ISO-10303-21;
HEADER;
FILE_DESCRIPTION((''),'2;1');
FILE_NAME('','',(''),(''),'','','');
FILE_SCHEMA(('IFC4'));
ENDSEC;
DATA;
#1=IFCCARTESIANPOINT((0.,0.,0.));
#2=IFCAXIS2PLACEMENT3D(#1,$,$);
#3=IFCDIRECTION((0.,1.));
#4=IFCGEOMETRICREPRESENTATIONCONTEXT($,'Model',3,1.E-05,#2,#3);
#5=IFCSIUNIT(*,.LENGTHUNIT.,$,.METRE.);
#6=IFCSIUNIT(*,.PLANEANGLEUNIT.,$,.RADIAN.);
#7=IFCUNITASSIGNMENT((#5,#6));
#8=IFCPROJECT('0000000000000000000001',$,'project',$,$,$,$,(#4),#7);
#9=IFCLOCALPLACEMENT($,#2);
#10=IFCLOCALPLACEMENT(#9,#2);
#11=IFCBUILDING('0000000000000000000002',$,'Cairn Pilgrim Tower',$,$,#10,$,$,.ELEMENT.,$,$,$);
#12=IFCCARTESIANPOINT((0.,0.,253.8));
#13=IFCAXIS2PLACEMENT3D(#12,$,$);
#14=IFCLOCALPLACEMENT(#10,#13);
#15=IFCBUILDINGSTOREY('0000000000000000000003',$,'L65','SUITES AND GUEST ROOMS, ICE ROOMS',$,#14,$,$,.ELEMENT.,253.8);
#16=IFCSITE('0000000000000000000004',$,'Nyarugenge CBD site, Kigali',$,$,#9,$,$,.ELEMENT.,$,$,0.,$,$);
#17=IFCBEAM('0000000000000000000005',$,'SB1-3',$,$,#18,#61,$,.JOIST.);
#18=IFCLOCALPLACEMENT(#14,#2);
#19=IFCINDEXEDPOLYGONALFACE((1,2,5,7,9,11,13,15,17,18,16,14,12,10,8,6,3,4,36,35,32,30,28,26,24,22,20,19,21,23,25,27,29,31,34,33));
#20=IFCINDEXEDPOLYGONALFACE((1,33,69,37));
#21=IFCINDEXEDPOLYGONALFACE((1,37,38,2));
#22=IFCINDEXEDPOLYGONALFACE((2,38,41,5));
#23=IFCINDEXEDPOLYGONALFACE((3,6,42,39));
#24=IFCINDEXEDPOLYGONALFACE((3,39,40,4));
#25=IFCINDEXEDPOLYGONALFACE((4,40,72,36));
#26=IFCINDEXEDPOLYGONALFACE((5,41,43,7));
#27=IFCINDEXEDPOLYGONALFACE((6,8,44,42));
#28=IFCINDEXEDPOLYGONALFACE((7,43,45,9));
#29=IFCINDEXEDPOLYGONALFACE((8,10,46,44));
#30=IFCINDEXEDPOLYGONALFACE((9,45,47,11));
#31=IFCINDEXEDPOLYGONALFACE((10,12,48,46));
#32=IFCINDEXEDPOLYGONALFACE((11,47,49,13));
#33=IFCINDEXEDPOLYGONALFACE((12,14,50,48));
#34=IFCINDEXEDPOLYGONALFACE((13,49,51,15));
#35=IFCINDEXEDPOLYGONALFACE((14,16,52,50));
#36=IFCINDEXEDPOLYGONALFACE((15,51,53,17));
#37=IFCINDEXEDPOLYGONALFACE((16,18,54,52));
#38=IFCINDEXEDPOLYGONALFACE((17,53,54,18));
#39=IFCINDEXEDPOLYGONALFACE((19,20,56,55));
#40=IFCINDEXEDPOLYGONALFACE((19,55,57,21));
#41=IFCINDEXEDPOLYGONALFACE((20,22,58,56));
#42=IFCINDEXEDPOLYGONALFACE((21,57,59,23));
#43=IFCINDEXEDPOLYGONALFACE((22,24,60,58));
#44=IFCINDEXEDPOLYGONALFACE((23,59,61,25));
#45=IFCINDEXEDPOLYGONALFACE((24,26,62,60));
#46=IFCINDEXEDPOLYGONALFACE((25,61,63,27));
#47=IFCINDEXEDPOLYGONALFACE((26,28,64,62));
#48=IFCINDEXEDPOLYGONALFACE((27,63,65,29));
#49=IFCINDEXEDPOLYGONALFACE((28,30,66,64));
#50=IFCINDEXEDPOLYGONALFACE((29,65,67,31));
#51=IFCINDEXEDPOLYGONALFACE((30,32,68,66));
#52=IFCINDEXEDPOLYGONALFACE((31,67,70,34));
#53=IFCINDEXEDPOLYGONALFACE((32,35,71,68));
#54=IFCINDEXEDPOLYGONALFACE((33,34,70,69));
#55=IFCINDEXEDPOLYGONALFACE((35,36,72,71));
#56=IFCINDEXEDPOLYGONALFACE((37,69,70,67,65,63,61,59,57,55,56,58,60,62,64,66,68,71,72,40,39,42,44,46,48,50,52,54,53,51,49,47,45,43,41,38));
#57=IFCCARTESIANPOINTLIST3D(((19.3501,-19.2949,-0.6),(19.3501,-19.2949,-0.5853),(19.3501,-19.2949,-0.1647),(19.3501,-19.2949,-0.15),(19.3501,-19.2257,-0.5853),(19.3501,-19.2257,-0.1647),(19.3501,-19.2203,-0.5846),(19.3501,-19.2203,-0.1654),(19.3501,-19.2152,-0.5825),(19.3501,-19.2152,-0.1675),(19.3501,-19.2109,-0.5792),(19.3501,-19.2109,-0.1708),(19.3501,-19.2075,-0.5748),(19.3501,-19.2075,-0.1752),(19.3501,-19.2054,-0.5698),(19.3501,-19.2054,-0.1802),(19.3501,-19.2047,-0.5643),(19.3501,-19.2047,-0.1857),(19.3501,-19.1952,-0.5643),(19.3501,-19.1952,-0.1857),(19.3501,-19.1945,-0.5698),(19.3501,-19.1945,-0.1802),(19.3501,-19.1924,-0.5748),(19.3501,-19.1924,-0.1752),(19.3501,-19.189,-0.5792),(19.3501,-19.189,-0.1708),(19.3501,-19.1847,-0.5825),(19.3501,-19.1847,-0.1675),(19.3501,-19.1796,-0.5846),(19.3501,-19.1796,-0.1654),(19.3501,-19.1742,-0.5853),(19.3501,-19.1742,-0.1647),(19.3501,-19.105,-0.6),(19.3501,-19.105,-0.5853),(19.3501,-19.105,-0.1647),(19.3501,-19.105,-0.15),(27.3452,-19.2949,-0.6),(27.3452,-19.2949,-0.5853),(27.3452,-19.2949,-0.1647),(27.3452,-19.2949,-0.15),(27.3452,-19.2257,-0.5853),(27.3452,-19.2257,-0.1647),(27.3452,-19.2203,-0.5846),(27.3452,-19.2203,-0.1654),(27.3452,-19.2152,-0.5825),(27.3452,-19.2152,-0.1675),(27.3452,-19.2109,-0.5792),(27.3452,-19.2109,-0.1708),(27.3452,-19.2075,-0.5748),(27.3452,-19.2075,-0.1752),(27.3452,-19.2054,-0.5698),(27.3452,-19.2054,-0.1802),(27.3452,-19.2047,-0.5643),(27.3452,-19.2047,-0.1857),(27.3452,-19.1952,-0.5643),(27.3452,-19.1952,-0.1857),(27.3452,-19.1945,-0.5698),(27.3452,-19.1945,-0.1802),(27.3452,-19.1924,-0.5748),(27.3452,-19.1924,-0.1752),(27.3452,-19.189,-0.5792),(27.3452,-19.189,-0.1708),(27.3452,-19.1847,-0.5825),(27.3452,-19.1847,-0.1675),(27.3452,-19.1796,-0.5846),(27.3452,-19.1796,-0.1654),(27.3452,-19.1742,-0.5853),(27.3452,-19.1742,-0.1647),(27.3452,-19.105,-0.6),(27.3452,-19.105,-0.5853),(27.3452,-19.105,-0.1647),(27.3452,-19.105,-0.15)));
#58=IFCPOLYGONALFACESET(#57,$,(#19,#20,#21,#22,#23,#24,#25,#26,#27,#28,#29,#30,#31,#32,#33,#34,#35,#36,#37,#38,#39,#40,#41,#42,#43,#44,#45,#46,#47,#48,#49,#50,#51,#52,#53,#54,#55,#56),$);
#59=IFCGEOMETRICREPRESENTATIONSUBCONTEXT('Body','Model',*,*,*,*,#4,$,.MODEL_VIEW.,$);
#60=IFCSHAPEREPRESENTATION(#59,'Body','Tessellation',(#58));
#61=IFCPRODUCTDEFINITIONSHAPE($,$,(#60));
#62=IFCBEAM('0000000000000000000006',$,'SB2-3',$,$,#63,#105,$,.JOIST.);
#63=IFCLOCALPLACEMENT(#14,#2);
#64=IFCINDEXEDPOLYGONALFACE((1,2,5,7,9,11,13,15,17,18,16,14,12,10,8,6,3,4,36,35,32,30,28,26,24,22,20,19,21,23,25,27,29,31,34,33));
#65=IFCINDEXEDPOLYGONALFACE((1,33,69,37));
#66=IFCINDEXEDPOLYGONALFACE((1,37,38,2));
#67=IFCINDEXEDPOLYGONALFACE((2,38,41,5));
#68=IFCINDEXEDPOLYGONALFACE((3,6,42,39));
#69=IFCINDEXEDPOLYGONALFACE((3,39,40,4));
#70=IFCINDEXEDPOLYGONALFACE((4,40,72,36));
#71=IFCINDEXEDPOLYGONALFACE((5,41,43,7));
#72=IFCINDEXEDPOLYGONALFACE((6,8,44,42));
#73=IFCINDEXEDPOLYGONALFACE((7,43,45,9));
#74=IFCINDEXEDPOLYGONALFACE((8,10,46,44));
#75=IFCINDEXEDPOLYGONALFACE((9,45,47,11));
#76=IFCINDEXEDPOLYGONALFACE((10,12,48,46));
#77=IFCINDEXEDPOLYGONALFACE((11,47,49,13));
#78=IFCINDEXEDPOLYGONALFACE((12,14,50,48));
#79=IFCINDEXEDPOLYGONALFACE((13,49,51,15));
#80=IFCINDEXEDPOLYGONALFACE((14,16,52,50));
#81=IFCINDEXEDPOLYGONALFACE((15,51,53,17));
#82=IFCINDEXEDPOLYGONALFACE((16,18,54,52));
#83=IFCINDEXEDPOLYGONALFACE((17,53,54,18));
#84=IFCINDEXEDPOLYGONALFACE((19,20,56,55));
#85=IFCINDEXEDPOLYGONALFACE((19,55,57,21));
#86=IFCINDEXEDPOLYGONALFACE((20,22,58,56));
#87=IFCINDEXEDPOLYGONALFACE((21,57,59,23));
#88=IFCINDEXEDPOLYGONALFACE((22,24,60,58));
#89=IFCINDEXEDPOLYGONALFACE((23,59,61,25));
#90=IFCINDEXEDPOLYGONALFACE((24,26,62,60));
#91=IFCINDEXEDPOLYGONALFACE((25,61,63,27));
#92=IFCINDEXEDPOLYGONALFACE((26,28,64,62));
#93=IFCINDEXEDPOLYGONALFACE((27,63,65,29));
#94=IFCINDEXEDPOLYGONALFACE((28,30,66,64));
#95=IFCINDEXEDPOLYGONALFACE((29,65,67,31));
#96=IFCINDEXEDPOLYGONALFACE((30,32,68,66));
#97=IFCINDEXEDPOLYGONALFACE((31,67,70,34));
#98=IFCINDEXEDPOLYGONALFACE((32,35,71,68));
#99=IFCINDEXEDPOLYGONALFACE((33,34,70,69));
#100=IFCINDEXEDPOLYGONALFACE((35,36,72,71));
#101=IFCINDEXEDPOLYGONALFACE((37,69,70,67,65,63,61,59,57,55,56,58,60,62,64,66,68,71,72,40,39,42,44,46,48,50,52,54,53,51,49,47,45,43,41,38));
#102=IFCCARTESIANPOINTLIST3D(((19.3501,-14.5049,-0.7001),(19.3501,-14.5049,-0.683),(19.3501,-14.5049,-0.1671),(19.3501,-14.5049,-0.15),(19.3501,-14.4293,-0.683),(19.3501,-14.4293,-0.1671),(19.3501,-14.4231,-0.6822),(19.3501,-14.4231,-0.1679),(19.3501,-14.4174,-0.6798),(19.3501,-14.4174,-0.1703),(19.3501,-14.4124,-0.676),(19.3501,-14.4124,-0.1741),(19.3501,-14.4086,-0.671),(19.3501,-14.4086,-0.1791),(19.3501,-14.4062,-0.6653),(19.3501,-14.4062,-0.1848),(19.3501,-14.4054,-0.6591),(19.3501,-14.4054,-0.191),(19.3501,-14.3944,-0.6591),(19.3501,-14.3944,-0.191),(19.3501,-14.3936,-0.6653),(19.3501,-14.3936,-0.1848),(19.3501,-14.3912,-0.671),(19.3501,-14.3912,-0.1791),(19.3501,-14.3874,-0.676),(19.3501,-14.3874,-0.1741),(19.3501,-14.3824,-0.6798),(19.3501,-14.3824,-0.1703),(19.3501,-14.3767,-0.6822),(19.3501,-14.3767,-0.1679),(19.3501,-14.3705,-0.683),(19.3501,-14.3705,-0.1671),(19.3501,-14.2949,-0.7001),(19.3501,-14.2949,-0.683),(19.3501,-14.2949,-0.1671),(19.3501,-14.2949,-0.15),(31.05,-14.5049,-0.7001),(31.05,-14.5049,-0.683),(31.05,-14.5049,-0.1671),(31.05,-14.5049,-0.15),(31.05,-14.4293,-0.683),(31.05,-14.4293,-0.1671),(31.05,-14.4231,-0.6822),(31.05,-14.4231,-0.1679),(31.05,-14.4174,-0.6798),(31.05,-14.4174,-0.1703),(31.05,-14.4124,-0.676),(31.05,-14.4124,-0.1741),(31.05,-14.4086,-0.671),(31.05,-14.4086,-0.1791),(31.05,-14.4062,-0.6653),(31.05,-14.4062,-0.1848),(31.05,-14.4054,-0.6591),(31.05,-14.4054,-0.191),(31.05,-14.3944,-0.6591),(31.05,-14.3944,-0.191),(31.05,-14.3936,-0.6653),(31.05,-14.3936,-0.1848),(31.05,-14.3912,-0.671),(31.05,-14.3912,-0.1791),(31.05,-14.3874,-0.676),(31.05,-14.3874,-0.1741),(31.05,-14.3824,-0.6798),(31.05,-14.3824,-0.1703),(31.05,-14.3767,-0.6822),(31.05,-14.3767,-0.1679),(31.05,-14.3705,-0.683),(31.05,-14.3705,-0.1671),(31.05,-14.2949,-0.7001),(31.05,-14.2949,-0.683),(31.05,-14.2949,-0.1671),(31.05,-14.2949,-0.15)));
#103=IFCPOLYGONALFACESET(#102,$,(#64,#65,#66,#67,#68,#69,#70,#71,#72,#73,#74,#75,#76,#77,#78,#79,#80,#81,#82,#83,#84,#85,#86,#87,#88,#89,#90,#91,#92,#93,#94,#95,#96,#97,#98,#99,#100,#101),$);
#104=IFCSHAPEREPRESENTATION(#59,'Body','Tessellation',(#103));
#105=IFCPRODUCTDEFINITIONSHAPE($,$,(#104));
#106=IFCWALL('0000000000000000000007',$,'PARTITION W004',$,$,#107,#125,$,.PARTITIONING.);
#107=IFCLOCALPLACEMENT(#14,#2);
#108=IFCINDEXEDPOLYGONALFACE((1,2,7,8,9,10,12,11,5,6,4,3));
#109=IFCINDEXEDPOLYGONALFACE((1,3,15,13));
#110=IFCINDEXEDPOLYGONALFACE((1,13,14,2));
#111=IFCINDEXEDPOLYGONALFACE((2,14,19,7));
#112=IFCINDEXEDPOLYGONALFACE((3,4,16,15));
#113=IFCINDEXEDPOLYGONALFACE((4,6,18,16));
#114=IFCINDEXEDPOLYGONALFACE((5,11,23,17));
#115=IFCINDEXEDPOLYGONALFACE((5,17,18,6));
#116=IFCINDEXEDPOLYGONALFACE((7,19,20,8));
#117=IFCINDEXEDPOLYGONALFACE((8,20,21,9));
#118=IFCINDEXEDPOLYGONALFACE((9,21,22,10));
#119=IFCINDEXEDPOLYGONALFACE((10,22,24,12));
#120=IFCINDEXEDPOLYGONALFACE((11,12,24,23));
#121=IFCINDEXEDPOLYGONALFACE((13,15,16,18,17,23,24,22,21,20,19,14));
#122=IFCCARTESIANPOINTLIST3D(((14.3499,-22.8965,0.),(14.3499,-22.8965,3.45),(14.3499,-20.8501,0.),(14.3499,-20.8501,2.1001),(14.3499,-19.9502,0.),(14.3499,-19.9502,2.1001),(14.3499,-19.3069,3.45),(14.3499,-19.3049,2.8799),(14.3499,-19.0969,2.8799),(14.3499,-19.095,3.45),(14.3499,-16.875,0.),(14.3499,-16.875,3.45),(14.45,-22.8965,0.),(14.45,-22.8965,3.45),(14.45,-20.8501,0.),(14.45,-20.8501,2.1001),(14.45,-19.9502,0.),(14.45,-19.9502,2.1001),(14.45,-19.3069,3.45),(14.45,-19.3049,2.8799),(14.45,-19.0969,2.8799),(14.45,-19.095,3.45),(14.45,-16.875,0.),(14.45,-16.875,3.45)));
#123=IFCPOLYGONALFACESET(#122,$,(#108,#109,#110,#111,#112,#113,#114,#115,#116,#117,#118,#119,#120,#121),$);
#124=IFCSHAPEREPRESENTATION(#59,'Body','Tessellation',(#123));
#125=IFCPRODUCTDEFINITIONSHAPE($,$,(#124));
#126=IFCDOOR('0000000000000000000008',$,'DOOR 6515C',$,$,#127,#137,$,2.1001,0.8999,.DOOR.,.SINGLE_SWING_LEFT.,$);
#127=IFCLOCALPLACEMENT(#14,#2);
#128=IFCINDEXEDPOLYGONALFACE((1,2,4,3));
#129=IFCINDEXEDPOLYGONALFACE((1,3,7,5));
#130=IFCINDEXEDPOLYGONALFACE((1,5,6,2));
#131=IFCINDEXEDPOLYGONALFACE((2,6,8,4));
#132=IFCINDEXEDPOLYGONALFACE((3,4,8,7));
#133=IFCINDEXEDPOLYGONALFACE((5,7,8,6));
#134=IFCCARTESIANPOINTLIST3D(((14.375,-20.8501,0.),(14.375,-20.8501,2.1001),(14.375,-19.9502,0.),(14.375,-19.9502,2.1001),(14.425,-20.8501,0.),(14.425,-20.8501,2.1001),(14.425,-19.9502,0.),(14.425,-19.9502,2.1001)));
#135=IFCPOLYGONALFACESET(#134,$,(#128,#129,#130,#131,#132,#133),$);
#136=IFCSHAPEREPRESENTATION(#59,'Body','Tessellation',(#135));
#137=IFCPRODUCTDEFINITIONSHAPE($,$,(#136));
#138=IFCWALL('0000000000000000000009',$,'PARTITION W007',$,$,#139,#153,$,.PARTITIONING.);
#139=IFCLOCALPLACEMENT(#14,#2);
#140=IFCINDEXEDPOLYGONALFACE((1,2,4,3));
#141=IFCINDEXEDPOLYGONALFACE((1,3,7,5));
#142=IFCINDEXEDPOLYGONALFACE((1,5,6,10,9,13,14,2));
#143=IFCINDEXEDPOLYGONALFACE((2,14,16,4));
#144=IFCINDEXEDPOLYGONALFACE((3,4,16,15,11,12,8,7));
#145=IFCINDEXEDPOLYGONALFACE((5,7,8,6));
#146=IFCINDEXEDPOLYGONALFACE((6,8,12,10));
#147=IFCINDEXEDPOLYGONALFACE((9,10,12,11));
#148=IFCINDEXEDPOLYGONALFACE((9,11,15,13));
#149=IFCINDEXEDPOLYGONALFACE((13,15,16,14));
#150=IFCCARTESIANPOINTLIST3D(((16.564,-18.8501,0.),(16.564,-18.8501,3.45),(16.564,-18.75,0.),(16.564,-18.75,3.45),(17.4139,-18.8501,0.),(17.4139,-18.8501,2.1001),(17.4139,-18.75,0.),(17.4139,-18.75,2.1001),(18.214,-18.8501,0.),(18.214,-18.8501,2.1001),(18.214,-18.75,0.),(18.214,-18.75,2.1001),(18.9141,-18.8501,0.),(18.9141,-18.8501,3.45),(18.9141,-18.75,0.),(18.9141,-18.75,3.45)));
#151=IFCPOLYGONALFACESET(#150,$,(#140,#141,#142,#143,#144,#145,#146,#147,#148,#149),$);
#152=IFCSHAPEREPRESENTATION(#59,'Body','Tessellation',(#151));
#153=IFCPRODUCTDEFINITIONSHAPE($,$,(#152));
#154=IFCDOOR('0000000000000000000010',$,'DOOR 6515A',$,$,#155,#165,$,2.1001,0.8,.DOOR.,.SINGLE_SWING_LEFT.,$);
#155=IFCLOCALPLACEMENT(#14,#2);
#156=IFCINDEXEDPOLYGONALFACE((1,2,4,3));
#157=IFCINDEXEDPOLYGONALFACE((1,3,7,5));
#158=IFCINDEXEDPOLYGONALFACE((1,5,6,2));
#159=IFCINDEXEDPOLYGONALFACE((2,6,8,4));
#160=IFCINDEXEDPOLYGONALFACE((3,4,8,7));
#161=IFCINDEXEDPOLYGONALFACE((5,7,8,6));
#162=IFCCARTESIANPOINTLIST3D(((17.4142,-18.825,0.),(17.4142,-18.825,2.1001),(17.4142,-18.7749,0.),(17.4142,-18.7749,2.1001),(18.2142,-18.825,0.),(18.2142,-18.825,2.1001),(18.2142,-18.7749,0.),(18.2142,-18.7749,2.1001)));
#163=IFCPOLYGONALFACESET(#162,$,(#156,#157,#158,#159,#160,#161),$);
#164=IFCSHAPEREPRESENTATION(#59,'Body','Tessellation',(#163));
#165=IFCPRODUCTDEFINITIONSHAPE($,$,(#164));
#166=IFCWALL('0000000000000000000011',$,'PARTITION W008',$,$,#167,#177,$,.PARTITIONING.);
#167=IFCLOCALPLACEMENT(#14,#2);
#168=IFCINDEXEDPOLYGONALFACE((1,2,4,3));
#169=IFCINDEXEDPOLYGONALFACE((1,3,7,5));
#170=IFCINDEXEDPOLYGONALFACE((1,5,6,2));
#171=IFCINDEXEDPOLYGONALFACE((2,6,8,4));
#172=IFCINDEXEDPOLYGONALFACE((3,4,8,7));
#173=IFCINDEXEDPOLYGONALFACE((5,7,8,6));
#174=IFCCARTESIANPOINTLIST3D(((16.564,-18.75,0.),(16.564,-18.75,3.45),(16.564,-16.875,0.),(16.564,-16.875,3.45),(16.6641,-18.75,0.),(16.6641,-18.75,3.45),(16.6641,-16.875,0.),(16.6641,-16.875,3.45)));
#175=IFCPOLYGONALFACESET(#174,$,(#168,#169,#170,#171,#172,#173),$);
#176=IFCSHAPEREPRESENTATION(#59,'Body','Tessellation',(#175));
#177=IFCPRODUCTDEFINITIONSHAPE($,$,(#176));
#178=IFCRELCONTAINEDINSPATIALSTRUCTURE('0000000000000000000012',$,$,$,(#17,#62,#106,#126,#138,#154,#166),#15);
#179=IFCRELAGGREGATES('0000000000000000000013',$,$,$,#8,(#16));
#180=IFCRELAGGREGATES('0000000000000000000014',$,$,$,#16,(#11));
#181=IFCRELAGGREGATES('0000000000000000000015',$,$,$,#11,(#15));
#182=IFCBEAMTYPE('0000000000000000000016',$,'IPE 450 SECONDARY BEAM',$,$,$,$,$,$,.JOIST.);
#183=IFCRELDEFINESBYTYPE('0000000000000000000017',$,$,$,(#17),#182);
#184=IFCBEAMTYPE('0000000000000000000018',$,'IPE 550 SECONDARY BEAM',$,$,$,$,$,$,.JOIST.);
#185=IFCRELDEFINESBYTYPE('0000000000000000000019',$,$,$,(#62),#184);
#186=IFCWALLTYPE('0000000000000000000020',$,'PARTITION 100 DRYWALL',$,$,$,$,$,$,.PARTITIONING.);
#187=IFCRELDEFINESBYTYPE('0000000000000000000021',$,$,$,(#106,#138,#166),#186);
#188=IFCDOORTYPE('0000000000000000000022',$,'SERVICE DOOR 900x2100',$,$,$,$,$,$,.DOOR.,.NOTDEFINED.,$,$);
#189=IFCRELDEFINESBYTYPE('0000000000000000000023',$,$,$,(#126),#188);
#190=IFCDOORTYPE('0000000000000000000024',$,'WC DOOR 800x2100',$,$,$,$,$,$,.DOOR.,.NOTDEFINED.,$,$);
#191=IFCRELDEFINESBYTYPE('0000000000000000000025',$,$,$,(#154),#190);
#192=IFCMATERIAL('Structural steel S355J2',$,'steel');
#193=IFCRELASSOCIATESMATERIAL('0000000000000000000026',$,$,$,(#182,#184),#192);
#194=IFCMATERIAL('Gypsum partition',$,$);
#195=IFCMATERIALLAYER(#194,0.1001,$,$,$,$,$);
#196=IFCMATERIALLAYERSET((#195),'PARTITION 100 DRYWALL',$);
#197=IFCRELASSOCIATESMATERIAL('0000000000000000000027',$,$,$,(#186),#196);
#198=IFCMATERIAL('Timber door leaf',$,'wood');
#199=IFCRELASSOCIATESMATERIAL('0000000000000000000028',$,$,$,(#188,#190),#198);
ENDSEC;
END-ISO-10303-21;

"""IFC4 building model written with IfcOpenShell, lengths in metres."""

from ifc_helpers import new_model, si_unit, direction, frame, frame_2d, origin, origin_2d, place, context, subcontext, project, spatial, polyline, rectangle, i_section, outline, extrude, material, layer, layer_set, material_profile, profile_set, type_object, element, fill, save


model = new_model("IFC4")

# Units and contexts
model_context = context("Model", 3, precision=1e-05, world=origin(), true_north=direction((0.0, 1.0)))
body_context = subcontext(model_context, "Body", "Model", "MODEL_VIEW")
ifc_project = project(units=[si_unit("LENGTHUNIT", "METRE"), si_unit("PLANEANGLEUNIT", "RADIAN")], contexts=[model_context])

# Site, building, storey
site_placement = place(None, origin())
site = spatial("IfcSite", under=ifc_project, at=site_placement, Name="Nyarugenge CBD site, Kigali", CompositionType="ELEMENT", RefElevation=0.0)
building_placement = place(site_placement, origin())
building = spatial("IfcBuilding", under=site, at=building_placement, Name="Cairn Pilgrim Tower", CompositionType="ELEMENT")
storey_placement = place(building_placement, frame((0.0, 0.0, 253.8)))
storey = spatial("IfcBuildingStorey", under=building, at=storey_placement, Name="L65", Description="SUITES AND GUEST ROOMS, ICE ROOMS", CompositionType="ELEMENT", Elevation=253.8)

# Beams
ifc_material_1 = material(Name="Structural steel S355J2", Category="steel")
ifc_material_profile_1 = material_profile(ifc_material_1, i_section(OverallWidth=0.1899, OverallDepth=0.45, WebThickness=0.0095, FlangeThickness=0.0146, FilletRadius=0.021, at=origin_2d()), Name="IPE 450")
ifc_profile_set_1 = profile_set([ifc_material_profile_1], Name="Structural steel S355J2")
beam_type_1 = type_object("IfcBeamType", Name="IPE 450 SECONDARY BEAM", PredefinedType="JOIST", material=ifc_profile_set_1)
beam_1_placement = place(storey_placement, frame((19.3501, -19.2, -0.375), z_axis=(1.0, 0.0, 0.0), x_axis=(0.0, 1.0, 0.0)))
element("IfcBeam", 1, at=beam_1_placement, inside=storey, type_object=beam_type_1, Name="SB1-3", PredefinedType="JOIST", context=body_context, shape_type="SweptSolid", body=[
    extrude(i_section(OverallWidth=0.1899, OverallDepth=0.45, WebThickness=0.0095, FlangeThickness=0.0146, FilletRadius=0.021, at=origin_2d()), origin(), (0.0, 0.0, 1.0), 7.9951),
])
ifc_material_profile_2 = material_profile(ifc_material_1, i_section(OverallWidth=0.21, OverallDepth=0.55, WebThickness=0.011, FlangeThickness=0.0171, FilletRadius=0.0239, at=origin_2d()), Name="IPE 550")
ifc_profile_set_2 = profile_set([ifc_material_profile_2], Name="Structural steel S355J2")
beam_type_2 = type_object("IfcBeamType", Name="IPE 550 SECONDARY BEAM", PredefinedType="JOIST", material=ifc_profile_set_2)
beam_2_placement = place(storey_placement, frame((19.3501, -14.3999, -0.425), z_axis=(1.0, 0.0, 0.0), x_axis=(0.0, 1.0, 0.0)))
element("IfcBeam", 2, at=beam_2_placement, inside=storey, type_object=beam_type_2, Name="SB2-3", PredefinedType="JOIST", context=body_context, shape_type="SweptSolid", body=[
    extrude(i_section(OverallWidth=0.21, OverallDepth=0.55, WebThickness=0.011, FlangeThickness=0.0171, FilletRadius=0.0239, at=origin_2d()), origin(), (0.0, 0.0, 1.0), 11.7),
])

# Walls, openings, doors
ifc_material_2 = material(Name="Gypsum partition")
ifc_layer_1 = layer(ifc_material_2, 0.1001)
ifc_layer_set_1 = layer_set([ifc_layer_1], Name="PARTITION 100 DRYWALL")
wall_type_1 = type_object("IfcWallType", Name="PARTITION 100 DRYWALL", PredefinedType="PARTITIONING", material=ifc_layer_set_1)
wall_1_placement = place(storey_placement, frame((14.3999, -22.8965, 0.0), z_axis=(0.0, 0.0, 1.0), x_axis=(0.0, 1.0, 0.0)))
wall_1 = element("IfcWall", 3, at=wall_1_placement, inside=storey, type_object=wall_type_1, Name="PARTITION W004", PredefinedType="PARTITIONING", context=body_context, shape_type="SweptSolid", body=[
    extrude(outline(polyline([(0.0, 0.0), (6.0215, 0.0), (6.0215, 3.45), (3.8015, 3.45), (3.7996, 2.8799), (3.5916, 2.8799), (3.5896, 3.45), (0.0, 3.45), (0.0, 0.0)])), frame((0.0, 0.05, 0.0), z_axis=(0.0, -1.0, 0.0), x_axis=(1.0, 0.0, 0.0)), (0.0, 0.0, 1.0), 0.1001),
])
opening_1_placement = place(wall_1_placement, frame((2.0464, 0.0, 0.0)))
opening_1 = element("IfcOpeningElement", 4, at=opening_1_placement, cuts=wall_1, PredefinedType="OPENING", context=body_context, shape_type="SweptSolid", body=[
    extrude(rectangle(XDim=0.8999, YDim=2.1001, at=frame_2d((0.45, 1.05))), frame((0.0, 0.0601, 0.0), z_axis=(0.0, -1.0, 0.0), x_axis=(1.0, 0.0, 0.0)), (0.0, 0.0, 1.0), 0.1201),
])
ifc_material_3 = material(Name="Timber door leaf", Category="wood")
door_type_1 = type_object("IfcDoorType", Name="SERVICE DOOR 900x2100", OperationType="NOTDEFINED", PredefinedType="DOOR", material=ifc_material_3)
door_1_placement = place(opening_1_placement, origin())
door_1 = element("IfcDoor", 5, at=door_1_placement, inside=storey, type_object=door_type_1, Name="DOOR 6515C", OperationType="SINGLE_SWING_LEFT", OverallHeight=2.1001, OverallWidth=0.8999, PredefinedType="DOOR", context=body_context, shape_type="SweptSolid", body=[
    extrude(rectangle(XDim=0.8999, YDim=2.1001, at=frame_2d((0.45, 1.05))), frame((0.0, 0.0249, 0.0), z_axis=(0.0, -1.0, 0.0), x_axis=(1.0, 0.0, 0.0)), (0.0, 0.0, 1.0), 0.05),
])
fill(opening_1, door_1)
wall_2_placement = place(storey_placement, frame((16.564, -18.8, 0.0), z_axis=(0.0, 0.0, 1.0), x_axis=(1.0, 0.0, 0.0)))
wall_2 = element("IfcWall", 6, at=wall_2_placement, inside=storey, type_object=wall_type_1, Name="PARTITION W007", PredefinedType="PARTITIONING", context=body_context, shape_type="SweptSolid", body=[
    extrude(rectangle(XDim=2.3501, YDim=0.1001, at=frame_2d((1.175, 0.0))), origin(), (0.0, 0.0, 1.0), 3.45),
])
opening_2_placement = place(wall_2_placement, frame((0.8501, 0.0, 0.0)))
opening_2 = element("IfcOpeningElement", 7, at=opening_2_placement, cuts=wall_2, PredefinedType="OPENING", context=body_context, shape_type="SweptSolid", body=[
    extrude(rectangle(XDim=0.8, YDim=2.1001, at=frame_2d((0.3999, 1.05))), frame((0.0, 0.0601, 0.0), z_axis=(0.0, -1.0, 0.0), x_axis=(1.0, 0.0, 0.0)), (0.0, 0.0, 1.0), 0.1201),
])
door_type_2 = type_object("IfcDoorType", Name="WC DOOR 800x2100", OperationType="NOTDEFINED", PredefinedType="DOOR", material=ifc_material_3)
door_2_placement = place(opening_2_placement, frame((0.8, 0.0, 0.0), z_axis=(0.0, 0.0, 1.0), x_axis=(-1.0, 0.0, 0.0)))
door_2 = element("IfcDoor", 8, at=door_2_placement, inside=storey, type_object=door_type_2, Name="DOOR 6515A", OperationType="SINGLE_SWING_LEFT", OverallHeight=2.1001, OverallWidth=0.8, PredefinedType="DOOR", context=body_context, shape_type="SweptSolid", body=[
    extrude(rectangle(XDim=0.8, YDim=2.1001, at=frame_2d((0.3999, 1.05))), frame((0.0, 0.0249, 0.0), z_axis=(0.0, -1.0, 0.0), x_axis=(1.0, 0.0, 0.0)), (0.0, 0.0, 1.0), 0.05),
])
fill(opening_2, door_2)

# Wall
wall_3_placement = place(storey_placement, frame((16.614, -18.75, 0.0), z_axis=(0.0, 0.0, 1.0), x_axis=(0.0, 1.0, 0.0)))
element("IfcWall", 9, at=wall_3_placement, inside=storey, type_object=wall_type_1, Name="PARTITION W008", PredefinedType="PARTITIONING", context=body_context, shape_type="SweptSolid", body=[
    extrude(rectangle(XDim=1.875, YDim=0.1001, at=frame_2d((0.9375, 0.0))), origin(), (0.0, 0.0, 1.0), 3.45),
])

save(model, "model.ifc")
